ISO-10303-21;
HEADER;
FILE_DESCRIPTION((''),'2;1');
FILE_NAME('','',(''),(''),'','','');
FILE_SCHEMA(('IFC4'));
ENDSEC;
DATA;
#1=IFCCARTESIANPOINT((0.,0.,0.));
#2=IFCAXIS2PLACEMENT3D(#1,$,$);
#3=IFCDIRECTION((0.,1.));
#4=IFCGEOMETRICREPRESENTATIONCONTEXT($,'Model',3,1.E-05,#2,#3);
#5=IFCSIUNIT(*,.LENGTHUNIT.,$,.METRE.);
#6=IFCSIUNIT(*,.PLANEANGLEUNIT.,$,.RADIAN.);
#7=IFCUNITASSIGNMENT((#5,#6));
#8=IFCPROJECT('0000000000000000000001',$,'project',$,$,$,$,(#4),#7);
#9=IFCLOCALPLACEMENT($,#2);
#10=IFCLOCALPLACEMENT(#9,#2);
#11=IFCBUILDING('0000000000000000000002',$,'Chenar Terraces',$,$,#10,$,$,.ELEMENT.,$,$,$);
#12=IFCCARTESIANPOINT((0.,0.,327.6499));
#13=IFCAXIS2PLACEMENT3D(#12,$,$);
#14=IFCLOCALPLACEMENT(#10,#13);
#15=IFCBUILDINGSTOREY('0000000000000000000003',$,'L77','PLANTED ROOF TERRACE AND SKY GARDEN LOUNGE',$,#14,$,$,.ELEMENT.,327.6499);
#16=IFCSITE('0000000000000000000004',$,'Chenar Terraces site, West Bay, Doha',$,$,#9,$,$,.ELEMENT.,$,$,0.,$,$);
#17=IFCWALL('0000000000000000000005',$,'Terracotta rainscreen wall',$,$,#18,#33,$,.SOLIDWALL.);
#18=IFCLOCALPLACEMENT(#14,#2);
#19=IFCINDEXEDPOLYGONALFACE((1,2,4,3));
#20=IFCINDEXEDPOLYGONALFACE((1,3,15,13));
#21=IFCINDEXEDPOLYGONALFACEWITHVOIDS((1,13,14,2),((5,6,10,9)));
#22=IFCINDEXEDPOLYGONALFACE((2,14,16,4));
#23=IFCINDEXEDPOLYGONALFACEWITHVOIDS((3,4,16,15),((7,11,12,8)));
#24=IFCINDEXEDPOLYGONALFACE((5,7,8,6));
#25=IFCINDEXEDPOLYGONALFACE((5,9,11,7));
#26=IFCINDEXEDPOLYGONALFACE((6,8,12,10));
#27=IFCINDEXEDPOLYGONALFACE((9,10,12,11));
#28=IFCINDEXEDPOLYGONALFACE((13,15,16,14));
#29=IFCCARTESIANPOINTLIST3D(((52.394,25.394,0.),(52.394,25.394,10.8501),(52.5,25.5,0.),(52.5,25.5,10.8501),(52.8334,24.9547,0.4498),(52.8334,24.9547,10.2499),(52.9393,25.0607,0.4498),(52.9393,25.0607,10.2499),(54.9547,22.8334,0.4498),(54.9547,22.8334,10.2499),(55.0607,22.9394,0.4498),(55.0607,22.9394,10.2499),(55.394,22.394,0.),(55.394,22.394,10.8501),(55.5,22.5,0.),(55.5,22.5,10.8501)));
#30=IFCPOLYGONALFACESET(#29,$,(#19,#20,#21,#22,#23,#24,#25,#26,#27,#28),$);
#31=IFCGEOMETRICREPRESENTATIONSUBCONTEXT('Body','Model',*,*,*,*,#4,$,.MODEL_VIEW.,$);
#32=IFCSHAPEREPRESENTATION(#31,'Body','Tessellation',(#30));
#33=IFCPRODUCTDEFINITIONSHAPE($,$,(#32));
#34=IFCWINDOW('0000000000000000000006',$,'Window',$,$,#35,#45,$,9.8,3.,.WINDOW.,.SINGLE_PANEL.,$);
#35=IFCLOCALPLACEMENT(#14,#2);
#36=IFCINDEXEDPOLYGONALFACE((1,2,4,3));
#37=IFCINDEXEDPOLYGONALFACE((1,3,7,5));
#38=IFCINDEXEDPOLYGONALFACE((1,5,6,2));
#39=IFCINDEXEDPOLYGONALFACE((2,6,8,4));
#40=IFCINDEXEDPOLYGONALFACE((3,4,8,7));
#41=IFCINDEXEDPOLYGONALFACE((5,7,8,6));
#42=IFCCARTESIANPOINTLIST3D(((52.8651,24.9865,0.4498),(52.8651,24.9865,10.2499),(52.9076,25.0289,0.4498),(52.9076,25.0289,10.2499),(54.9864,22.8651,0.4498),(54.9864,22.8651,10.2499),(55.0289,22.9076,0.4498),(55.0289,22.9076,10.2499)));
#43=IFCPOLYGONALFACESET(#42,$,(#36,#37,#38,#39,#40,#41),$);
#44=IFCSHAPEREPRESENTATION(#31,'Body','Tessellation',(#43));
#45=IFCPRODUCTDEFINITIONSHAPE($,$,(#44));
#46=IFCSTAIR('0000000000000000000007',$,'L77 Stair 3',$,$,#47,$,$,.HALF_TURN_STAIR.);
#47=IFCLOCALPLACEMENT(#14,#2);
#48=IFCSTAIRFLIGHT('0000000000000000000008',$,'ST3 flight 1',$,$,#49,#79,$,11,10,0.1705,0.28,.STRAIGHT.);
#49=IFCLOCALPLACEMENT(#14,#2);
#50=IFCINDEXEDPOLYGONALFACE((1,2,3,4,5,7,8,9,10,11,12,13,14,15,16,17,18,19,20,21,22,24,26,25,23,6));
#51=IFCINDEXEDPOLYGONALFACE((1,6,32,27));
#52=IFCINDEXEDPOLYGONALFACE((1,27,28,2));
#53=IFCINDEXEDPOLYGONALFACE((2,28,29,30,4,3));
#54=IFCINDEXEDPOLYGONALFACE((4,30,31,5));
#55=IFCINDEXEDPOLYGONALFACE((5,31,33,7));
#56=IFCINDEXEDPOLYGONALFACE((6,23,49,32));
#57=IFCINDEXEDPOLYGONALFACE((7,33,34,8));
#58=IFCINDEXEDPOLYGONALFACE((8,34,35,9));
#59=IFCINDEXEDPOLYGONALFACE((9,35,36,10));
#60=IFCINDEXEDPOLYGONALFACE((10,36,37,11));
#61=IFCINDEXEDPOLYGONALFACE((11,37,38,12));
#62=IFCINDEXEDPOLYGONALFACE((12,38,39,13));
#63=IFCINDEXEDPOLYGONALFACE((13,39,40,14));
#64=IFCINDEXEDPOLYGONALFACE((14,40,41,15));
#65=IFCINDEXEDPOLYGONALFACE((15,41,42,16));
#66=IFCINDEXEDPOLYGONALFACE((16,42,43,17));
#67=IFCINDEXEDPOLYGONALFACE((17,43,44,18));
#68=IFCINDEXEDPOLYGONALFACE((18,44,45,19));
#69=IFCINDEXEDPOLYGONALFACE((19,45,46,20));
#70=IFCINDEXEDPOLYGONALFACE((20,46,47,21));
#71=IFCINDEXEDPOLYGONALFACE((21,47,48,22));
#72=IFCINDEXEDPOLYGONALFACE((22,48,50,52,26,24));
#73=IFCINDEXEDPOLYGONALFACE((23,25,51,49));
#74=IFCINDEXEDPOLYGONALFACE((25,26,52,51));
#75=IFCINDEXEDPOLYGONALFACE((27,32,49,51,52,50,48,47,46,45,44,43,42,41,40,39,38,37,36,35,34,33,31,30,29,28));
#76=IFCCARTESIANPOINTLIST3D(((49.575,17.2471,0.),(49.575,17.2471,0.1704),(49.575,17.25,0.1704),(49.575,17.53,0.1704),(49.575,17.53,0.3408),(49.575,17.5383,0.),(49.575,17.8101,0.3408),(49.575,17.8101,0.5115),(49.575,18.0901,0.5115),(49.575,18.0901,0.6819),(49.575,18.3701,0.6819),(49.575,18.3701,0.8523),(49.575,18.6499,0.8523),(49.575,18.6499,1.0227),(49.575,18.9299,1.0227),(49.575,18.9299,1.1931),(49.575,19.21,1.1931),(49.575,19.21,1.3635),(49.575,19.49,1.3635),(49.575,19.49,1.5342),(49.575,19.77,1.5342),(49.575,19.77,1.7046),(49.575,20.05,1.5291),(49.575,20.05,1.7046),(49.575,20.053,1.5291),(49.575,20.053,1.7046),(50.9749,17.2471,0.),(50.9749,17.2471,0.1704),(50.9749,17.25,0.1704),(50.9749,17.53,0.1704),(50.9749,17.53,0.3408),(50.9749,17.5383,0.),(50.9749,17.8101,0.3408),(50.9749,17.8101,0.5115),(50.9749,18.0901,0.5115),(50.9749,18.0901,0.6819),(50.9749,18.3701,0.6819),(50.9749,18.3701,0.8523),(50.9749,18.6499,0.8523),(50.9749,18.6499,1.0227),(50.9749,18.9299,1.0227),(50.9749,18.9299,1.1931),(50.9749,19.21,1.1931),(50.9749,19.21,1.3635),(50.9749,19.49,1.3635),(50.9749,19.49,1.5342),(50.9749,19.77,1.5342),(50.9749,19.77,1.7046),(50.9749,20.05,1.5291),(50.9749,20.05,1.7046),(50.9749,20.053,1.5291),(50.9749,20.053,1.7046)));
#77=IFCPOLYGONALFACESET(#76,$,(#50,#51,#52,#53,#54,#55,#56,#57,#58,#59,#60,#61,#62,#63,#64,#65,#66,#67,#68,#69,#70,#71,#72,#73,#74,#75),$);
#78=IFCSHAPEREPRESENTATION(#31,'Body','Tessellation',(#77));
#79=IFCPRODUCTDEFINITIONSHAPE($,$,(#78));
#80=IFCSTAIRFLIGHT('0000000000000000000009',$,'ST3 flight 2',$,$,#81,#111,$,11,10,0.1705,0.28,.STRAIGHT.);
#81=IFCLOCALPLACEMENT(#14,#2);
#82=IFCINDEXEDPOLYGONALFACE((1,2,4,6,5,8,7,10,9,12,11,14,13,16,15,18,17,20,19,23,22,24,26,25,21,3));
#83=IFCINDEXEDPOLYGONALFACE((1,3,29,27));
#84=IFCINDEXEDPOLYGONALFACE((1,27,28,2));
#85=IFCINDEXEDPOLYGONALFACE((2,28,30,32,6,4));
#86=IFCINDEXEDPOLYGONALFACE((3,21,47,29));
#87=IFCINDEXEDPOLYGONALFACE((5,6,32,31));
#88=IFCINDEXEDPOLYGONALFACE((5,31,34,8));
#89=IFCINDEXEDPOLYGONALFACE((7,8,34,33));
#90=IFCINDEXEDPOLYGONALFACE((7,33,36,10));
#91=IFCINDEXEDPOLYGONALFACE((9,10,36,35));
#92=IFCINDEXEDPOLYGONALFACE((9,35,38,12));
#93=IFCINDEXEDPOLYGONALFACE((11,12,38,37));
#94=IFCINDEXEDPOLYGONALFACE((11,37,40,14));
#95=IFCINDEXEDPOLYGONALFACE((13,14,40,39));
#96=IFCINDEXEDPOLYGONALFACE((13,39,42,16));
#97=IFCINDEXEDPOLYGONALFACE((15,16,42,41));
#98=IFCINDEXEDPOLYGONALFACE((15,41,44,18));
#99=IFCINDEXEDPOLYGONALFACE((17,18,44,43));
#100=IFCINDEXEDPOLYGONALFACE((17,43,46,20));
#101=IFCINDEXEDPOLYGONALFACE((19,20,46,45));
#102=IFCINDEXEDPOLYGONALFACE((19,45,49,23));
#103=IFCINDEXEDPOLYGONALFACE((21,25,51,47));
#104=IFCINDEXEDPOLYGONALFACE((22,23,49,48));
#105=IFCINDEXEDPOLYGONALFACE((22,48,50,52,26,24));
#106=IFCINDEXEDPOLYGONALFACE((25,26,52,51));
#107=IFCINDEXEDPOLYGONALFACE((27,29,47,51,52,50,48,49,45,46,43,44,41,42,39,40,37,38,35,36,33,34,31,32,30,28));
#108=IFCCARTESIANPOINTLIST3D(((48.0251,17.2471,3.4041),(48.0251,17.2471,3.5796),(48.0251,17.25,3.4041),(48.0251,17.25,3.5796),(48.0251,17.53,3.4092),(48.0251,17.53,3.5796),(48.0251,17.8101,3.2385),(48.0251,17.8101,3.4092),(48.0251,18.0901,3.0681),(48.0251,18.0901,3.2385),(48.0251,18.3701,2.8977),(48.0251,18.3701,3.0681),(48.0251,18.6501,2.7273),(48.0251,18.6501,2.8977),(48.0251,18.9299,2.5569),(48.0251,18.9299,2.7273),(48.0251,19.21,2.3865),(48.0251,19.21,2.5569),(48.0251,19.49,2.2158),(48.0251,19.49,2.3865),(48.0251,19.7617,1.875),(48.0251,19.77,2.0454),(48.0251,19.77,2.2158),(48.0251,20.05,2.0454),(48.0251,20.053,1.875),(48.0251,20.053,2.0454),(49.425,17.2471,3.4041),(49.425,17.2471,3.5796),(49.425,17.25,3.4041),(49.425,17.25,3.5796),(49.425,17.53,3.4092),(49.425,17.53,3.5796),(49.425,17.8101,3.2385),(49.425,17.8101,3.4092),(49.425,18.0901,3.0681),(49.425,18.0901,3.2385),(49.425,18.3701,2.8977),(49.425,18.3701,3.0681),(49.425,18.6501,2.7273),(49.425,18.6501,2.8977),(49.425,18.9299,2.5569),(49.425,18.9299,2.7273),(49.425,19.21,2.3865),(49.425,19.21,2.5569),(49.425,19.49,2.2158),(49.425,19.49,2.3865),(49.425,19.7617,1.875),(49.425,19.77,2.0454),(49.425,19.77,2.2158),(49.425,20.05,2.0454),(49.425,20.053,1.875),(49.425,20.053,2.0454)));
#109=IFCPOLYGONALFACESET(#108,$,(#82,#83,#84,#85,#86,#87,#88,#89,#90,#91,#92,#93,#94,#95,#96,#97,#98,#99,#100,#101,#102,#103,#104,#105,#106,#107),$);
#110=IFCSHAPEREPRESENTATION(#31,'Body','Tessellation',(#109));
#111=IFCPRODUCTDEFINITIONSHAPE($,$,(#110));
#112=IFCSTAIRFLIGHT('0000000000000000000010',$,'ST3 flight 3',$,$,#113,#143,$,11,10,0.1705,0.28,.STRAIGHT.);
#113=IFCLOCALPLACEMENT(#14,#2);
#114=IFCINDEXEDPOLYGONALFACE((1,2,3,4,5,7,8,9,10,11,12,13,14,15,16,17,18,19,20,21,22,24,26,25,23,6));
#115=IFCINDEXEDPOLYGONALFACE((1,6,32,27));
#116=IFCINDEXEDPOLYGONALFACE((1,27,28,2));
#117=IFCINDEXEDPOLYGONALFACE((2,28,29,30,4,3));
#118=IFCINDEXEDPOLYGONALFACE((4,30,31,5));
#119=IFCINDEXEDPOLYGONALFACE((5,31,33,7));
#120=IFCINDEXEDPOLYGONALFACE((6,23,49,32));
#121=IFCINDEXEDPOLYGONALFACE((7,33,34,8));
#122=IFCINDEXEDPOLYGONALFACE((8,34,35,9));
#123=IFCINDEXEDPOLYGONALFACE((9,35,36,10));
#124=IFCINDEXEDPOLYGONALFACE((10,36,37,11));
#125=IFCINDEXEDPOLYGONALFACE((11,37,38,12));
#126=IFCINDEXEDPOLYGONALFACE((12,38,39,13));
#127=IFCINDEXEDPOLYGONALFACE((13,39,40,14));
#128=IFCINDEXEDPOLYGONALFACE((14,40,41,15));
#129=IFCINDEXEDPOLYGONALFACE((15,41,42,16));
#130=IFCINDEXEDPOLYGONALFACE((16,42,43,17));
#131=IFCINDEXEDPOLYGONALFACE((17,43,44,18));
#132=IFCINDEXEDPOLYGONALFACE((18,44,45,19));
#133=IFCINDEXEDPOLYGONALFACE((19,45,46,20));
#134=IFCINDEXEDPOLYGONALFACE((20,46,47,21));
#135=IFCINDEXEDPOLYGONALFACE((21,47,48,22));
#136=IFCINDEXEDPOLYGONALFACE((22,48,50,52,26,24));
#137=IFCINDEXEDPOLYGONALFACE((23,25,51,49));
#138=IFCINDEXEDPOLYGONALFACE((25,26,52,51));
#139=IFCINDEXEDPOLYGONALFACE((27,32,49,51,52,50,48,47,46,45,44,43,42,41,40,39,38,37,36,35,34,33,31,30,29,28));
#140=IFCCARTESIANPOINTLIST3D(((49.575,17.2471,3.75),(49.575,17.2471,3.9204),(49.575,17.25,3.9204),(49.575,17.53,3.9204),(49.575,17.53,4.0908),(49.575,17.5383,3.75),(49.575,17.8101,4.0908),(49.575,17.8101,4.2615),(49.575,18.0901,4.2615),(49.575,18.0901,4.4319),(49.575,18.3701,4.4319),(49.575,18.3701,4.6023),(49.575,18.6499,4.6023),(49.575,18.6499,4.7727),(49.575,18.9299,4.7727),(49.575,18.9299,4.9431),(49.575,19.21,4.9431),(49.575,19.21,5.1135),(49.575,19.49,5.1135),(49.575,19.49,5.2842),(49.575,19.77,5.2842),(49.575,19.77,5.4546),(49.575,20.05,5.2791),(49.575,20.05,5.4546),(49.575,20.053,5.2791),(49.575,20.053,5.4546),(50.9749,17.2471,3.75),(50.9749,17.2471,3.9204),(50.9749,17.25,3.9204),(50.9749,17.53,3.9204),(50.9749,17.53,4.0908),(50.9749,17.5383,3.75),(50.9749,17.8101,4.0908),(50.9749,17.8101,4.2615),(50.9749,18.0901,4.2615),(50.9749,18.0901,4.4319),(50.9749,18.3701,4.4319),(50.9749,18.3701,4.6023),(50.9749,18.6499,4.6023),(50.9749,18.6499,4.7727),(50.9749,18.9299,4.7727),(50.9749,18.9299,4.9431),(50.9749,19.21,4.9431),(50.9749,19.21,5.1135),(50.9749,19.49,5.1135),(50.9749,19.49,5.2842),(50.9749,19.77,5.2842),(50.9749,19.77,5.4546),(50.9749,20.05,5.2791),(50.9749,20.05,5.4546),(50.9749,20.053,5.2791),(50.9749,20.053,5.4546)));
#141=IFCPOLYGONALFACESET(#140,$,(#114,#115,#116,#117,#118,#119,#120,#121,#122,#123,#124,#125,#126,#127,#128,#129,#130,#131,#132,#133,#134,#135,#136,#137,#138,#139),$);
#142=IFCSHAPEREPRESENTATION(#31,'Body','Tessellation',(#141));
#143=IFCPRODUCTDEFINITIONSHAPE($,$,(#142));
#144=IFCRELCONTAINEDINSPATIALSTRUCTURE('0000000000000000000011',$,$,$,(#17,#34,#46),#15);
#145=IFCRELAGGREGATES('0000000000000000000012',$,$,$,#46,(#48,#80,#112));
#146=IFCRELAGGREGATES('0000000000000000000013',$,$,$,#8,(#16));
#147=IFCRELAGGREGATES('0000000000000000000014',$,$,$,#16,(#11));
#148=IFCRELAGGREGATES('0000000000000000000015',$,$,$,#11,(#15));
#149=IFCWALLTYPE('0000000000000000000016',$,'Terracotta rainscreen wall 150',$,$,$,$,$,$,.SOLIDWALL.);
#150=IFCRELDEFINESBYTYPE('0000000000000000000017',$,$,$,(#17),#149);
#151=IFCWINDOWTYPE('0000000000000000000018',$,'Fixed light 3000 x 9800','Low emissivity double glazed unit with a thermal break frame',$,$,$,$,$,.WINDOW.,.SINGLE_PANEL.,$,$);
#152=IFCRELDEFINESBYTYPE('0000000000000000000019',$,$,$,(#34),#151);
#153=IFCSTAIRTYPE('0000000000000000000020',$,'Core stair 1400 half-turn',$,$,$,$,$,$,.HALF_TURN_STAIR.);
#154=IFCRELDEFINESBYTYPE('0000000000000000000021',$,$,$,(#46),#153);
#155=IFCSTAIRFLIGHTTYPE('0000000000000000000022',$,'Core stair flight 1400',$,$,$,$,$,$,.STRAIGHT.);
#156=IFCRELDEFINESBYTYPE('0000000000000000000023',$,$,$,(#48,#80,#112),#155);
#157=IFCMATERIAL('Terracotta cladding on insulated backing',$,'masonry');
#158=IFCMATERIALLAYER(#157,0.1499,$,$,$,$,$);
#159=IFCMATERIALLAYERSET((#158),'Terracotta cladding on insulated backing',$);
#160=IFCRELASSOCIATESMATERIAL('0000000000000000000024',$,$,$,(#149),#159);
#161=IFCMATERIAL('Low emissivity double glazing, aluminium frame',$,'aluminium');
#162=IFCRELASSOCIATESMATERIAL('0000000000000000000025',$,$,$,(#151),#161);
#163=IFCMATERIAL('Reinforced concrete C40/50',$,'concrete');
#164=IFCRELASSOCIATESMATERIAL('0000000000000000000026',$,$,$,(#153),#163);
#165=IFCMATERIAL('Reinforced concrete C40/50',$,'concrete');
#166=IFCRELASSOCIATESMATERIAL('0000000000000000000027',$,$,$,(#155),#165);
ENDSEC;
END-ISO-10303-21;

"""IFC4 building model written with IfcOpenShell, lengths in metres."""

from ifc_helpers import new_model, si_unit, direction, frame, frame_2d, origin, place, context, subcontext, project, spatial, polyline, rectangle, outline, extrude, material, layer, layer_set, type_object, element, fill, aggregate, save


model = new_model("IFC4")

# Units and contexts
model_context = context("Model", 3, precision=1e-05, world=origin(), true_north=direction((0.0, 1.0)))
body_context = subcontext(model_context, "Body", "Model", "MODEL_VIEW")
ifc_project = project(units=[si_unit("LENGTHUNIT", "METRE"), si_unit("PLANEANGLEUNIT", "RADIAN")], contexts=[model_context])

# Site, building, storey
site_placement = place(None, origin())
site = spatial("IfcSite", under=ifc_project, at=site_placement, Name="Chenar Terraces site, West Bay, Doha", CompositionType="ELEMENT", RefElevation=0.0)
building_placement = place(site_placement, origin())
building = spatial("IfcBuilding", under=site, at=building_placement, Name="Chenar Terraces", CompositionType="ELEMENT")
storey_placement = place(building_placement, frame((0.0, 0.0, 327.6499)))
storey = spatial("IfcBuildingStorey", under=building, at=storey_placement, Name="L77", Description="PLANTED ROOF TERRACE AND SKY GARDEN LOUNGE", CompositionType="ELEMENT", Elevation=327.6499)

# Shared definitions
placement = place(storey_placement, origin())

# Wall, opening, window
ifc_material_1 = material(Name="Terracotta cladding on insulated backing", Category="masonry")
ifc_layer_1 = layer(ifc_material_1, 0.1499)
ifc_layer_set_1 = layer_set([ifc_layer_1], Name="Terracotta cladding on insulated backing")
wall_type_1 = type_object("IfcWallType", Name="Terracotta rainscreen wall 150", PredefinedType="SOLIDWALL", material=ifc_layer_set_1)
wall_1_placement = place(storey_placement, frame((55.447, 22.447, 0.0), z_axis=(0.0, 0.0, 1.0), x_axis=(-0.707107, 0.707107, 0.0)))
wall_1 = element("IfcWall", 1, at=wall_1_placement, inside=storey, type_object=wall_type_1, Name="Terracotta rainscreen wall", PredefinedType="SOLIDWALL", context=body_context, shape_type="SweptSolid", body=[
    extrude(rectangle(XDim=4.2427, YDim=0.1499, at=frame_2d((2.1213, 0.0))), origin(), (0.0, 0.0, 1.0), 10.8501),
])
opening_placement = place(wall_1_placement, frame((0.6213, 0.0, 0.45)))
opening = element("IfcOpeningElement", 2, at=opening_placement, cuts=wall_1, PredefinedType="OPENING", context=body_context, shape_type="SweptSolid", body=[
    extrude(rectangle(XDim=3.0, YDim=9.8, at=frame_2d((1.5, 4.8999))), frame((0.0, 0.085, 0.0), z_axis=(0.0, -1.0, 0.0), x_axis=(1.0, 0.0, 0.0)), (0.0, 0.0, 1.0), 0.1699),
])
ifc_material_2 = material(Name="Low emissivity double glazing, aluminium frame", Category="aluminium")
window_type = type_object("IfcWindowType", Name="Fixed light 3000 x 9800", Description="Low emissivity double glazed unit with a thermal break frame", PartitioningType="SINGLE_PANEL", PredefinedType="WINDOW", material=ifc_material_2)
window_placement = place(opening_placement, origin())
window = element("IfcWindow", 3, at=window_placement, inside=storey, type_object=window_type, Name="Window", OverallHeight=9.8, OverallWidth=3.0, PartitioningType="SINGLE_PANEL", PredefinedType="WINDOW", context=body_context, shape_type="SweptSolid", body=[
    extrude(rectangle(XDim=3.0, YDim=9.8, at=frame_2d((1.5, 4.8999))), frame((0.0, 0.03, 0.0), z_axis=(0.0, -1.0, 0.0), x_axis=(1.0, 0.0, 0.0)), (0.0, 0.0, 1.0), 0.0601),
])
fill(opening, window)

# Stair, stair flights
ifc_material_3 = material(Name="Reinforced concrete C40/50", Category="concrete")
stair_type = type_object("IfcStairType", Name="Core stair 1400 half-turn", PredefinedType="HALF_TURN_STAIR", material=ifc_material_3)
stair = element("IfcStair", 4, at=placement, inside=storey, type_object=stair_type, Name="L77 Stair 3", PredefinedType="HALF_TURN_STAIR")
ifc_material_4 = material(Name="Reinforced concrete C40/50", Category="concrete")
stair_flight_type = type_object("IfcStairFlightType", Name="Core stair flight 1400", PredefinedType="STRAIGHT", material=ifc_material_4)
stair_flight_1_placement = place(storey_placement, frame((50.2749, 17.25, 0.0), z_axis=(0.0, 0.0, 1.0), x_axis=(0.0, 1.0, 0.0)))
stair_flight_1 = element("IfcStairFlight", 5, at=stair_flight_1_placement, type_object=stair_flight_type, Name="ST3 flight 1", NumberOfRisers=11, NumberOfTreads=10, PredefinedType="STRAIGHT", RiserHeight=0.1705, TreadLength=0.28, context=body_context, shape_type="SweptSolid", body=[
    extrude(outline(polyline([(-0.0029, 0.0), (-0.0029, 0.1704), (0.0, 0.1704), (0.28, 0.1704), (0.28, 0.3408), (0.5601, 0.3408), (0.5601, 0.5115), (0.8401, 0.5115), (0.8401, 0.6819), (1.1201, 0.6819), (1.1201, 0.8523), (1.3999, 0.8523), (1.3999, 1.0227), (1.6799, 1.0227), (1.6799, 1.1931), (1.96, 1.1931), (1.96, 1.3635), (2.24, 1.3635), (2.24, 1.5342), (2.52, 1.5342), (2.52, 1.7046), (2.8, 1.7046), (2.803, 1.7046), (2.803, 1.5291), (2.8, 1.5291), (0.2883, 0.0), (-0.0029, 0.0)])), frame((0.0, 0.7, 0.0), z_axis=(0.0, -1.0, 0.0), x_axis=(1.0, 0.0, 0.0)), (0.0, 0.0, 1.0), 1.3999),
])
stair_flight_2_placement = place(storey_placement, frame((48.7251, 20.05, 1.875), z_axis=(0.0, 0.0, 1.0), x_axis=(0.0, -1.0, 0.0)))
stair_flight_2 = element("IfcStairFlight", 6, at=stair_flight_2_placement, type_object=stair_flight_type, Name="ST3 flight 2", NumberOfRisers=11, NumberOfTreads=10, PredefinedType="STRAIGHT", RiserHeight=0.1705, TreadLength=0.28, context=body_context, shape_type="SweptSolid", body=[
    extrude(outline(polyline([(-0.0029, 0.0), (-0.0029, 0.1704), (0.0, 0.1704), (0.28, 0.1704), (0.28, 0.3408), (0.5601, 0.3408), (0.5601, 0.5115), (0.8401, 0.5115), (0.8401, 0.6819), (1.1201, 0.6819), (1.1201, 0.8523), (1.3999, 0.8523), (1.3999, 1.0227), (1.6799, 1.0227), (1.6799, 1.1931), (1.96, 1.1931), (1.96, 1.3635), (2.24, 1.3635), (2.24, 1.5342), (2.52, 1.5342), (2.52, 1.7046), (2.8, 1.7046), (2.803, 1.7046), (2.803, 1.5291), (2.8, 1.5291), (0.2883, 0.0), (-0.0029, 0.0)])), frame((0.0, 0.7, 0.0), z_axis=(0.0, -1.0, 0.0), x_axis=(1.0, 0.0, 0.0)), (0.0, 0.0, 1.0), 1.3999),
])
stair_flight_3_placement = place(storey_placement, frame((50.2749, 17.25, 3.75), z_axis=(0.0, 0.0, 1.0), x_axis=(0.0, 1.0, 0.0)))
stair_flight_3 = element("IfcStairFlight", 7, at=stair_flight_3_placement, type_object=stair_flight_type, Name="ST3 flight 3", NumberOfRisers=11, NumberOfTreads=10, PredefinedType="STRAIGHT", RiserHeight=0.1705, TreadLength=0.28, context=body_context, shape_type="SweptSolid", body=[
    extrude(outline(polyline([(-0.0029, 0.0), (-0.0029, 0.1704), (0.0, 0.1704), (0.28, 0.1704), (0.28, 0.3408), (0.5601, 0.3408), (0.5601, 0.5115), (0.8401, 0.5115), (0.8401, 0.6819), (1.1201, 0.6819), (1.1201, 0.8523), (1.3999, 0.8523), (1.3999, 1.0227), (1.6799, 1.0227), (1.6799, 1.1931), (1.96, 1.1931), (1.96, 1.3635), (2.24, 1.3635), (2.24, 1.5342), (2.52, 1.5342), (2.52, 1.7046), (2.8, 1.7046), (2.803, 1.7046), (2.803, 1.5291), (2.8, 1.5291), (0.2883, 0.0), (-0.0029, 0.0)])), frame((0.0, 0.7, 0.0), z_axis=(0.0, -1.0, 0.0), x_axis=(1.0, 0.0, 0.0)), (0.0, 0.0, 1.0), 1.3999),
])
aggregate(stair, [stair_flight_1, stair_flight_2, stair_flight_3])

save(model, "model.ifc")
